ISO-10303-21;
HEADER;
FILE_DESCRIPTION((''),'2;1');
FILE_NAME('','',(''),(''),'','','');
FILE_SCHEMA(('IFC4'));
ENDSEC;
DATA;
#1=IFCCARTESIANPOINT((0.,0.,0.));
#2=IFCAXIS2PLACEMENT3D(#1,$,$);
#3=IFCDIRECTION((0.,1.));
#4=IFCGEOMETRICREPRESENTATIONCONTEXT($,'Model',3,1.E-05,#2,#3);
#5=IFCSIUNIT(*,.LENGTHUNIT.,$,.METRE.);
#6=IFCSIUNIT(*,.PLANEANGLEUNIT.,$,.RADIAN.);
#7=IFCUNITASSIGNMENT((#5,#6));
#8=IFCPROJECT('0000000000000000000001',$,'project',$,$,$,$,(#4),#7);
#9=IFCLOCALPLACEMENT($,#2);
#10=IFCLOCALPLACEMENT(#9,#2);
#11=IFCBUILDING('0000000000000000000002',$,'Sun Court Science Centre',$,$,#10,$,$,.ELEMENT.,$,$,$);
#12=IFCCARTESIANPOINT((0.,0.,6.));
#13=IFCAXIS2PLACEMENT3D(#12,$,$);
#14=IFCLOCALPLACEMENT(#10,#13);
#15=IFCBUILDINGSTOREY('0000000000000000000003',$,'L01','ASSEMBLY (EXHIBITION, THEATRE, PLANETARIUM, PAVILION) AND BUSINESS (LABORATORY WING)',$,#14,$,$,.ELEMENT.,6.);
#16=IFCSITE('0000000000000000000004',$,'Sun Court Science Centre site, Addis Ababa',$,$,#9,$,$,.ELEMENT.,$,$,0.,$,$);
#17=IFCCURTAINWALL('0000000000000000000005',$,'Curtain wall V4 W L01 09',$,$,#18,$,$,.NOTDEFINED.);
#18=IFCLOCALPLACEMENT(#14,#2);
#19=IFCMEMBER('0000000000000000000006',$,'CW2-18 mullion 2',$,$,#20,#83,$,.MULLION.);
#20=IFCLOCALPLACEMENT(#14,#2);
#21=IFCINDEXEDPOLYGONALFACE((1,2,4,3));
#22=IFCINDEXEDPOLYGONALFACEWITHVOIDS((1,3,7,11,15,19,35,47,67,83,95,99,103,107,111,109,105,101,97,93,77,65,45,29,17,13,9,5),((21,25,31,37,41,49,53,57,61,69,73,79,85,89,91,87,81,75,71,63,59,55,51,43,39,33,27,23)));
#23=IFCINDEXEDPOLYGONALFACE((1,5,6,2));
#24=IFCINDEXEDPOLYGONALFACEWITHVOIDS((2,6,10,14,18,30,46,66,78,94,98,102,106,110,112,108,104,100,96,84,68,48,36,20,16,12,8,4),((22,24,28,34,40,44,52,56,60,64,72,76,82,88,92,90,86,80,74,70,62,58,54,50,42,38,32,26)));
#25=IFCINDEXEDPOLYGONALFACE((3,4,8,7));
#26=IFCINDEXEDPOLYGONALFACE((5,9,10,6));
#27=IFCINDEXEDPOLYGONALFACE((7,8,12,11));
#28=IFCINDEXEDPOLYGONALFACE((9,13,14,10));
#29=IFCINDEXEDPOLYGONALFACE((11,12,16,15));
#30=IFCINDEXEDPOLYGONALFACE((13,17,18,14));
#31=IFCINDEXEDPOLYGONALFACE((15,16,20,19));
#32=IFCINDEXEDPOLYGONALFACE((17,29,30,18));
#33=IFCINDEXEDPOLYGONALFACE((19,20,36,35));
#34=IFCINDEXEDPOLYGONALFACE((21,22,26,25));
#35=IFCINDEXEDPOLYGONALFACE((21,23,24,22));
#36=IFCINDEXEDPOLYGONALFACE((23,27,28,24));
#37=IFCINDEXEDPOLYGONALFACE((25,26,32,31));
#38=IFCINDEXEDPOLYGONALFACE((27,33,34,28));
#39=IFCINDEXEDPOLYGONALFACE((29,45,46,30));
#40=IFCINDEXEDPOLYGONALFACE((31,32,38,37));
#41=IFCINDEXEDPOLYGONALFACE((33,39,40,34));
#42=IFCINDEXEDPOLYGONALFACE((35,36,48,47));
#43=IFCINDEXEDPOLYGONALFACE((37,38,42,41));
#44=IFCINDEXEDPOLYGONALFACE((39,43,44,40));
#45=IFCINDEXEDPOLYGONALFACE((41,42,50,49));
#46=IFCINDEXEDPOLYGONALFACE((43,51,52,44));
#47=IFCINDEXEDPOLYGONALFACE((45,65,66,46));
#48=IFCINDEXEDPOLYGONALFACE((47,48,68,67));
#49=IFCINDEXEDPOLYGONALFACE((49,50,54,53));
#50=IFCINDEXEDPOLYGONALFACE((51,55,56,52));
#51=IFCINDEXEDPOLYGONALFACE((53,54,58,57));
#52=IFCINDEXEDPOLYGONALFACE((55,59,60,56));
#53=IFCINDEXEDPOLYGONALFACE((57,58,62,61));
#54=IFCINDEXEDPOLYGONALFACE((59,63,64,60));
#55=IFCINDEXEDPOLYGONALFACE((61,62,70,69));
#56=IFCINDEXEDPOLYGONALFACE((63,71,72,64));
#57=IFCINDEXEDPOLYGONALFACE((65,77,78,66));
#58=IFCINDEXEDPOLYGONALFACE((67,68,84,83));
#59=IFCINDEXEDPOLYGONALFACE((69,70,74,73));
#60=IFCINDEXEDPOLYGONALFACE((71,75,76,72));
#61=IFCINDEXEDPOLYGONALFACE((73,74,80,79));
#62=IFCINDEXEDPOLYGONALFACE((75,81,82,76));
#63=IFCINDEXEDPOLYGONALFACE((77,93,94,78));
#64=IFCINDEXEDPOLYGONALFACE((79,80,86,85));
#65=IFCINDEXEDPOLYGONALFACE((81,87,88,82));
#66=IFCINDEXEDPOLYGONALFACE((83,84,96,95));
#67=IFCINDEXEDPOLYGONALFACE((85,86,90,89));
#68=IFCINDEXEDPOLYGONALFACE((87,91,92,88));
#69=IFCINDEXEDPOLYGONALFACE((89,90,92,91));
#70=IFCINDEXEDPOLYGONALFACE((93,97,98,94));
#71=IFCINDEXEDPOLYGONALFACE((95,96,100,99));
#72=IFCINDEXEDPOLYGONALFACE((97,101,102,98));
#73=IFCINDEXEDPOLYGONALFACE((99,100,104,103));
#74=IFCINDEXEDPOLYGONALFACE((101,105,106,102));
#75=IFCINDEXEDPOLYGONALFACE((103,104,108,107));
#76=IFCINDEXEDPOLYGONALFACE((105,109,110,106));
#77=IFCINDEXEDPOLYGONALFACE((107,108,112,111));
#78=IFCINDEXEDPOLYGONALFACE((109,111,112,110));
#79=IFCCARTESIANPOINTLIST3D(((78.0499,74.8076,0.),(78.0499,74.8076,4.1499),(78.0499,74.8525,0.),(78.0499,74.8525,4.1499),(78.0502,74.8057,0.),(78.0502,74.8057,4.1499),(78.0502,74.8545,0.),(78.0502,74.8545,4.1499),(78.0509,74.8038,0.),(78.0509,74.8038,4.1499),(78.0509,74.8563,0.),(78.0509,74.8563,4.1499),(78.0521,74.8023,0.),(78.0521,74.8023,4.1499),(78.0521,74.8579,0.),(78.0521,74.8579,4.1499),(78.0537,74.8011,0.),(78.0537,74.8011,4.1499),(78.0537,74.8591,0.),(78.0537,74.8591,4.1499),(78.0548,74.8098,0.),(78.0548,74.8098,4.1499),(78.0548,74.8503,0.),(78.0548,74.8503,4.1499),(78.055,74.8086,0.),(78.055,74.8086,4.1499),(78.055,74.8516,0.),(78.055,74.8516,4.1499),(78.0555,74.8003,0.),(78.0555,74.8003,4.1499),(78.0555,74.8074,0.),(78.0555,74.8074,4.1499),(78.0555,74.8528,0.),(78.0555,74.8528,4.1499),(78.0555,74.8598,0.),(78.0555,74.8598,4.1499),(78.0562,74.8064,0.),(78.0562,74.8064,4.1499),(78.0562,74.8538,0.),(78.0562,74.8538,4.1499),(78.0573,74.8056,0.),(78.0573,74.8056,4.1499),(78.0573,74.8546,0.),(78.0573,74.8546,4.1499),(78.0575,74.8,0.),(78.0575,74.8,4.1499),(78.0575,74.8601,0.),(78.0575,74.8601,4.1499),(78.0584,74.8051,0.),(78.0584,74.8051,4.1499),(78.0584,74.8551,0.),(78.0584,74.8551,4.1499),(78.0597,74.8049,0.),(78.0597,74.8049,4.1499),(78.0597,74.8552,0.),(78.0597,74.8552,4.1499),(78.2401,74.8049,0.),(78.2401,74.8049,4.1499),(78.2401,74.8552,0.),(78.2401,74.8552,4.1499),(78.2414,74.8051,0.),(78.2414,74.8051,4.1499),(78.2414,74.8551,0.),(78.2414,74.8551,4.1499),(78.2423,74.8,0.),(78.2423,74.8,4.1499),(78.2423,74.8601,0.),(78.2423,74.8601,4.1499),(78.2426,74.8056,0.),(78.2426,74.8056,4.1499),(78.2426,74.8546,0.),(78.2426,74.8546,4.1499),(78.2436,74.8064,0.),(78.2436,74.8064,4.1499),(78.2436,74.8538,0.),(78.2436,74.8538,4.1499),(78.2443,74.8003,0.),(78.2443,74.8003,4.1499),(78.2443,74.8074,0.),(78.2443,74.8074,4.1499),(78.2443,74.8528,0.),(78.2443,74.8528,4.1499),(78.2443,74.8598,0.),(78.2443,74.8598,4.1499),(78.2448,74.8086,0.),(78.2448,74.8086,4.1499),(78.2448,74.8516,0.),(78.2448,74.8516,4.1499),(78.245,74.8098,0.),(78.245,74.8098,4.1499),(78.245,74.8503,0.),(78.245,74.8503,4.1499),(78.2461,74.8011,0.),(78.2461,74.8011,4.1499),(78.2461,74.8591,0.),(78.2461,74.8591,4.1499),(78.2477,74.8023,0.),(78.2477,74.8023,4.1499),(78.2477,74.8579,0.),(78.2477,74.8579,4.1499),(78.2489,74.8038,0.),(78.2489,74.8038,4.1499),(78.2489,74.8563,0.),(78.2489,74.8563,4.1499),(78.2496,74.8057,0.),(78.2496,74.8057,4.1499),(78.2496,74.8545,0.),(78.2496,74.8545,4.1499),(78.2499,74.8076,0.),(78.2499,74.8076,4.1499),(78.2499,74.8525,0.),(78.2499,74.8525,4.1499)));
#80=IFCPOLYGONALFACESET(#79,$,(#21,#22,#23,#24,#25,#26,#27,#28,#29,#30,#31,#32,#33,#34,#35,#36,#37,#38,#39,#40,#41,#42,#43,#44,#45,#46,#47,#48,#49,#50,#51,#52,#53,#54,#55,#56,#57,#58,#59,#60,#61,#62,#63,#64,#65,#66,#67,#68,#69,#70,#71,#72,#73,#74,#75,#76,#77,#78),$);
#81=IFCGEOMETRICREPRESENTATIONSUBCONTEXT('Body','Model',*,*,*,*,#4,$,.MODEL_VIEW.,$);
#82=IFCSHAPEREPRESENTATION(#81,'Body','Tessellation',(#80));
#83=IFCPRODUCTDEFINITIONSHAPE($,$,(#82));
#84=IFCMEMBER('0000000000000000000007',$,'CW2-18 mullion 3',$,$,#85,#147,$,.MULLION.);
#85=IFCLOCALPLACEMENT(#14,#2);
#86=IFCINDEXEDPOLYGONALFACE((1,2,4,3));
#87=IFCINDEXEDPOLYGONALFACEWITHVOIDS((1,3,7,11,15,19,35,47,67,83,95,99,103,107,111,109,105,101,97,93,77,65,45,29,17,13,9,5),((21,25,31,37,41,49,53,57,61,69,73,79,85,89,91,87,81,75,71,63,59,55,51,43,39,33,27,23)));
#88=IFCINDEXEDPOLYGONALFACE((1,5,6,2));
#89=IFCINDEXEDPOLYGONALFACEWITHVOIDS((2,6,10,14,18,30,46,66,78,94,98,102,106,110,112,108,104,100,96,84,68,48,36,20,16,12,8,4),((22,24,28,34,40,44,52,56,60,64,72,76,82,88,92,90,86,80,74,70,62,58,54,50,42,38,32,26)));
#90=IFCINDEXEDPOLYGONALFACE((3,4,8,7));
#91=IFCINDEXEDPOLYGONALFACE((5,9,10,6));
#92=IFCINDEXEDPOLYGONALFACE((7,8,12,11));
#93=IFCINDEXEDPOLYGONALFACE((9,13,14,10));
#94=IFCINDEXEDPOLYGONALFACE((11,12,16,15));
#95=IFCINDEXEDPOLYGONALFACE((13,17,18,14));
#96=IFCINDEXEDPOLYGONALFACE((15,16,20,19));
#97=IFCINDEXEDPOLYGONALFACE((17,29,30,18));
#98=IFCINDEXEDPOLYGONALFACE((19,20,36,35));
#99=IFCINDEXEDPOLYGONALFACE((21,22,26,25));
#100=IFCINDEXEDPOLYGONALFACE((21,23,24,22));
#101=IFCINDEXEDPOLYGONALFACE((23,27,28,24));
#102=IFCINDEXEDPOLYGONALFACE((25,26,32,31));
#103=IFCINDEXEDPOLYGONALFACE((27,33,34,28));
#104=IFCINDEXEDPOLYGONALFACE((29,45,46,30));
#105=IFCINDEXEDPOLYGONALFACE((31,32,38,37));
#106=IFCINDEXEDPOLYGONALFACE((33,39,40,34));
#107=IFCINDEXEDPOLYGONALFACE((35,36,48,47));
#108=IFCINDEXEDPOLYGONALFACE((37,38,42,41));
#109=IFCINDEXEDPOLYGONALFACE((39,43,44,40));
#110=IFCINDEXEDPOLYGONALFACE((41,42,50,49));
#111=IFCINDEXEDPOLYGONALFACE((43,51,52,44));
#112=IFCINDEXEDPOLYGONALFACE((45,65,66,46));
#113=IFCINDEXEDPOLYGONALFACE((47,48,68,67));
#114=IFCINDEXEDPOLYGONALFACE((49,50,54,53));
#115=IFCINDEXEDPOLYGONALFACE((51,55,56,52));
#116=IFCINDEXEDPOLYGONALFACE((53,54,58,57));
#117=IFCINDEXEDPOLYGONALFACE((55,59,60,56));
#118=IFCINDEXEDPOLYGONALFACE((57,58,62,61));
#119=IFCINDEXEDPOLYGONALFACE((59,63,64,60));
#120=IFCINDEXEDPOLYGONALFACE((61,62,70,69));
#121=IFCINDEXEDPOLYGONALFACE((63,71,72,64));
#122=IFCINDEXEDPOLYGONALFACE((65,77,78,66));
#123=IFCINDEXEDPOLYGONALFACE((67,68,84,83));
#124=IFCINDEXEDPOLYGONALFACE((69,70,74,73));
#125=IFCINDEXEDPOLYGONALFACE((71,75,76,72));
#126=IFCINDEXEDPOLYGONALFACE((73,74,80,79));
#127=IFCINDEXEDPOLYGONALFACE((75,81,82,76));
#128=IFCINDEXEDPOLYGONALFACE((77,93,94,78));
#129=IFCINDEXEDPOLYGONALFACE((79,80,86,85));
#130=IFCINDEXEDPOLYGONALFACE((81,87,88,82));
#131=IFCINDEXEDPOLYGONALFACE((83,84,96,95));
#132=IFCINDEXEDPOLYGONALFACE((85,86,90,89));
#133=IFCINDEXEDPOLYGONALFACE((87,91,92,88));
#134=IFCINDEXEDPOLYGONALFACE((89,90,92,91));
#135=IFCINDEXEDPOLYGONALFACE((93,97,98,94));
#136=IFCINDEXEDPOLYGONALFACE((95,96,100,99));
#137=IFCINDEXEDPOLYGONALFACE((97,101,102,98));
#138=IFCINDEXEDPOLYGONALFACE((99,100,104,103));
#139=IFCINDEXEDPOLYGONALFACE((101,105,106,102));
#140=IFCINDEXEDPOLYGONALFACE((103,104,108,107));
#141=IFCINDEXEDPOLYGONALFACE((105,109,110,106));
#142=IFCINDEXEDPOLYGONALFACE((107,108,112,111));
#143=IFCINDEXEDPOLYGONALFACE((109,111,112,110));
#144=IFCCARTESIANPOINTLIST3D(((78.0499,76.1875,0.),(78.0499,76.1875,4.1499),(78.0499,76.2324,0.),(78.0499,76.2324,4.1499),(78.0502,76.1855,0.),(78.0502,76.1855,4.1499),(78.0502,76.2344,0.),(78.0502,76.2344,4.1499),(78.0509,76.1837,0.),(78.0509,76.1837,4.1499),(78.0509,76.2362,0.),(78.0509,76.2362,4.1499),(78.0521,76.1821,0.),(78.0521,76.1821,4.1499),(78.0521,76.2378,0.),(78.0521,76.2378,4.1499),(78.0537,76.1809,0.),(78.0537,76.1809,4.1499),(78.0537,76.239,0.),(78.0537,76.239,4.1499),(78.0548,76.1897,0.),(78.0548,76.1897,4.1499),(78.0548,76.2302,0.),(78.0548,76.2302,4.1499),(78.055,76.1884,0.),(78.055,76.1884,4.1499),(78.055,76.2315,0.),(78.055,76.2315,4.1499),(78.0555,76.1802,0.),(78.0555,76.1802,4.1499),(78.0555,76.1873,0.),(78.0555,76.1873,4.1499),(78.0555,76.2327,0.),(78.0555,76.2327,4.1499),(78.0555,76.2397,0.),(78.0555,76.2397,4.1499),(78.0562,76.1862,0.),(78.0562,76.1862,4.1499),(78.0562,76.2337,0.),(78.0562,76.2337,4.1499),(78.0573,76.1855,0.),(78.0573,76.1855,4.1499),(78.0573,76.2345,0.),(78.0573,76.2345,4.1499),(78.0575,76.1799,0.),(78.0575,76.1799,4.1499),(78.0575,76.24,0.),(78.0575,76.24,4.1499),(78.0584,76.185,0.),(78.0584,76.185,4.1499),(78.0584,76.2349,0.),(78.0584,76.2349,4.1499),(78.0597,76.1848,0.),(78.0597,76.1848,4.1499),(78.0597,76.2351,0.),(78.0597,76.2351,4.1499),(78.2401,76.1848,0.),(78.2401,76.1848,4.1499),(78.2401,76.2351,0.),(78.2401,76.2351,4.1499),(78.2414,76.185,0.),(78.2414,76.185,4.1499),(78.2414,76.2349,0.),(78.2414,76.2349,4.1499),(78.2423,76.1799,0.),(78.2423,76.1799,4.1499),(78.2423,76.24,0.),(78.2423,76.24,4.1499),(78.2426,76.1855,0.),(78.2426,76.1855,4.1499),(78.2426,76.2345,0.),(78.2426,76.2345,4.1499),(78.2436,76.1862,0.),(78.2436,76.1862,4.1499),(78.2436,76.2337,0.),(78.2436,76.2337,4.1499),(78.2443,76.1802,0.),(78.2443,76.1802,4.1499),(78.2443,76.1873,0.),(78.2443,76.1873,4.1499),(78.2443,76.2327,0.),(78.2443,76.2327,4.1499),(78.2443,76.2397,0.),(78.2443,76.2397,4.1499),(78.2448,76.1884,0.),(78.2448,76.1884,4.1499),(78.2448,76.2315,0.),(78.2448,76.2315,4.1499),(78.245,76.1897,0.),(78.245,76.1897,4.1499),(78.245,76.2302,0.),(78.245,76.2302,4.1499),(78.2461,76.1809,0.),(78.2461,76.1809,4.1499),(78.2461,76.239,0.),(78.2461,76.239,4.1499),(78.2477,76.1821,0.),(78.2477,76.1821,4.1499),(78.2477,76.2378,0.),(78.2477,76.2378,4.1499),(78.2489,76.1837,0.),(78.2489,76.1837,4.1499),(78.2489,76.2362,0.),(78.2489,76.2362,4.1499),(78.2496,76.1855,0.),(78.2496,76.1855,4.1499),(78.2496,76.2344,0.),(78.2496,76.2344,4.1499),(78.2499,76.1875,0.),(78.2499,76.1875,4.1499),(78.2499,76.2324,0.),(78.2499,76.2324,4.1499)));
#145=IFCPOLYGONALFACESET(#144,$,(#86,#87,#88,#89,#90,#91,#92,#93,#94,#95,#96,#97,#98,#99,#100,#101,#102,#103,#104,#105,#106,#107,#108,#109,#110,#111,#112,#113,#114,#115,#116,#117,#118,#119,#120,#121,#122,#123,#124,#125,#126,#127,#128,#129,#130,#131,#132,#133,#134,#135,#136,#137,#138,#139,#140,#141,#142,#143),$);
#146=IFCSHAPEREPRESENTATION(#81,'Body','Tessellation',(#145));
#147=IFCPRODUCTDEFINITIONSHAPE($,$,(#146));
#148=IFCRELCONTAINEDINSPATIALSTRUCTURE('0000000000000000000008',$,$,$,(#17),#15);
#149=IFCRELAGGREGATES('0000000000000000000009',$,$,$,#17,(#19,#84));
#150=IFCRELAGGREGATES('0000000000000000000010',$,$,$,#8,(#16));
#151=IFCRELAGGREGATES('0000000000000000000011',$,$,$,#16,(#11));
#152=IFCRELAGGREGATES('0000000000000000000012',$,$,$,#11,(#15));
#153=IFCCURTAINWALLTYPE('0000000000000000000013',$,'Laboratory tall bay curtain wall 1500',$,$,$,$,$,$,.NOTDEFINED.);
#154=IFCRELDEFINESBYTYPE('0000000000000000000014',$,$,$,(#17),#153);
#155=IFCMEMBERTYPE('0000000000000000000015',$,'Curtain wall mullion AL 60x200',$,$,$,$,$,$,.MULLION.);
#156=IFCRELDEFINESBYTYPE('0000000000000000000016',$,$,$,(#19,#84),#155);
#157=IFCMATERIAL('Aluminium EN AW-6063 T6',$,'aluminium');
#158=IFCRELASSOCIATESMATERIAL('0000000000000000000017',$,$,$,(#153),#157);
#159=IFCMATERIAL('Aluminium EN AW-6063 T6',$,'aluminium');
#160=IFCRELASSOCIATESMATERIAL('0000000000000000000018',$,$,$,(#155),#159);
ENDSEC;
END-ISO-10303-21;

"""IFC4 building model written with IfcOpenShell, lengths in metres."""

from ifc_helpers import new_model, si_unit, direction, frame, origin, origin_2d, place, context, subcontext, project, spatial, hollow_rectangle, extrude, material, material_profile, profile_set, type_object, element, aggregate, save


model = new_model("IFC4")

# Units and contexts
model_context = context("Model", 3, precision=1e-05, world=origin(), true_north=direction((0.0, 1.0)))
body_context = subcontext(model_context, "Body", "Model", "MODEL_VIEW")
ifc_project = project(units=[si_unit("LENGTHUNIT", "METRE"), si_unit("PLANEANGLEUNIT", "RADIAN")], contexts=[model_context])

# Site, building, storey
site_placement = place(None, origin())
site = spatial("IfcSite", under=ifc_project, at=site_placement, Name="Sun Court Science Centre site, Addis Ababa", CompositionType="ELEMENT", RefElevation=0.0)
building_placement = place(site_placement, origin())
building = spatial("IfcBuilding", under=site, at=building_placement, Name="Sun Court Science Centre", CompositionType="ELEMENT")
storey_placement = place(building_placement, frame((0.0, 0.0, 6.0)))
storey = spatial("IfcBuildingStorey", under=building, at=storey_placement, Name="L01", Description="ASSEMBLY (EXHIBITION, THEATRE, PLANETARIUM, PAVILION) AND BUSINESS (LABORATORY WING)", CompositionType="ELEMENT", Elevation=6.0)

# Shared definitions
ifc_material_1 = material(Name="Aluminium EN AW-6063 T6", Category="aluminium")
curtain_wall_type = type_object("IfcCurtainWallType", Name="Laboratory tall bay curtain wall 1500", PredefinedType="NOTDEFINED", material=ifc_material_1)
ifc_material_2 = material(Name="Aluminium EN AW-6063 T6", Category="aluminium")
ifc_material_profile_1 = material_profile(ifc_material_2, hollow_rectangle(XDim=0.0601, YDim=0.2, WallThickness=0.0049, InnerFilletRadius=0.0049, OuterFilletRadius=0.0076, at=origin_2d()), Name="AL 60x200x5")
ifc_profile_set_1 = profile_set([ifc_material_profile_1], Name="Aluminium EN AW-6063 T6")
member_type_1 = type_object("IfcMemberType", Name="Curtain wall mullion AL 60x200", PredefinedType="MULLION", material=ifc_profile_set_1)

# Curtain wall, members
curtain_wall_1_placement = place(storey_placement, origin())
curtain_wall_1 = element("IfcCurtainWall", 1, at=curtain_wall_1_placement, inside=storey, type_object=curtain_wall_type, Name="Curtain wall V4 W L01 09", PredefinedType="NOTDEFINED")
member_1_placement = place(storey_placement, frame((78.1499, 74.8301, 0.0), z_axis=(0.0, 0.0, 1.0), x_axis=(0.0, 1.0, 0.0)))
member_1 = element("IfcMember", 2, at=member_1_placement, type_object=member_type_1, Name="CW2-18 mullion 2", PredefinedType="MULLION", context=body_context, shape_type="SweptSolid", body=[
    extrude(hollow_rectangle(XDim=0.0601, YDim=0.2, WallThickness=0.0049, InnerFilletRadius=0.0049, OuterFilletRadius=0.0076, at=origin_2d()), origin(), (0.0, 0.0, 1.0), 4.1499),
])
member_2_placement = place(storey_placement, frame((78.1499, 76.21, 0.0), z_axis=(0.0, 0.0, 1.0), x_axis=(0.0, 1.0, 0.0)))
member_2 = element("IfcMember", 3, at=member_2_placement, type_object=member_type_1, Name="CW2-18 mullion 3", PredefinedType="MULLION", context=body_context, shape_type="SweptSolid", body=[
    extrude(hollow_rectangle(XDim=0.0601, YDim=0.2, WallThickness=0.0049, InnerFilletRadius=0.0049, OuterFilletRadius=0.0076, at=origin_2d()), origin(), (0.0, 0.0, 1.0), 4.1499),
])

aggregate(curtain_wall_1, [member_1, member_2])

save(model, "model.ifc")
